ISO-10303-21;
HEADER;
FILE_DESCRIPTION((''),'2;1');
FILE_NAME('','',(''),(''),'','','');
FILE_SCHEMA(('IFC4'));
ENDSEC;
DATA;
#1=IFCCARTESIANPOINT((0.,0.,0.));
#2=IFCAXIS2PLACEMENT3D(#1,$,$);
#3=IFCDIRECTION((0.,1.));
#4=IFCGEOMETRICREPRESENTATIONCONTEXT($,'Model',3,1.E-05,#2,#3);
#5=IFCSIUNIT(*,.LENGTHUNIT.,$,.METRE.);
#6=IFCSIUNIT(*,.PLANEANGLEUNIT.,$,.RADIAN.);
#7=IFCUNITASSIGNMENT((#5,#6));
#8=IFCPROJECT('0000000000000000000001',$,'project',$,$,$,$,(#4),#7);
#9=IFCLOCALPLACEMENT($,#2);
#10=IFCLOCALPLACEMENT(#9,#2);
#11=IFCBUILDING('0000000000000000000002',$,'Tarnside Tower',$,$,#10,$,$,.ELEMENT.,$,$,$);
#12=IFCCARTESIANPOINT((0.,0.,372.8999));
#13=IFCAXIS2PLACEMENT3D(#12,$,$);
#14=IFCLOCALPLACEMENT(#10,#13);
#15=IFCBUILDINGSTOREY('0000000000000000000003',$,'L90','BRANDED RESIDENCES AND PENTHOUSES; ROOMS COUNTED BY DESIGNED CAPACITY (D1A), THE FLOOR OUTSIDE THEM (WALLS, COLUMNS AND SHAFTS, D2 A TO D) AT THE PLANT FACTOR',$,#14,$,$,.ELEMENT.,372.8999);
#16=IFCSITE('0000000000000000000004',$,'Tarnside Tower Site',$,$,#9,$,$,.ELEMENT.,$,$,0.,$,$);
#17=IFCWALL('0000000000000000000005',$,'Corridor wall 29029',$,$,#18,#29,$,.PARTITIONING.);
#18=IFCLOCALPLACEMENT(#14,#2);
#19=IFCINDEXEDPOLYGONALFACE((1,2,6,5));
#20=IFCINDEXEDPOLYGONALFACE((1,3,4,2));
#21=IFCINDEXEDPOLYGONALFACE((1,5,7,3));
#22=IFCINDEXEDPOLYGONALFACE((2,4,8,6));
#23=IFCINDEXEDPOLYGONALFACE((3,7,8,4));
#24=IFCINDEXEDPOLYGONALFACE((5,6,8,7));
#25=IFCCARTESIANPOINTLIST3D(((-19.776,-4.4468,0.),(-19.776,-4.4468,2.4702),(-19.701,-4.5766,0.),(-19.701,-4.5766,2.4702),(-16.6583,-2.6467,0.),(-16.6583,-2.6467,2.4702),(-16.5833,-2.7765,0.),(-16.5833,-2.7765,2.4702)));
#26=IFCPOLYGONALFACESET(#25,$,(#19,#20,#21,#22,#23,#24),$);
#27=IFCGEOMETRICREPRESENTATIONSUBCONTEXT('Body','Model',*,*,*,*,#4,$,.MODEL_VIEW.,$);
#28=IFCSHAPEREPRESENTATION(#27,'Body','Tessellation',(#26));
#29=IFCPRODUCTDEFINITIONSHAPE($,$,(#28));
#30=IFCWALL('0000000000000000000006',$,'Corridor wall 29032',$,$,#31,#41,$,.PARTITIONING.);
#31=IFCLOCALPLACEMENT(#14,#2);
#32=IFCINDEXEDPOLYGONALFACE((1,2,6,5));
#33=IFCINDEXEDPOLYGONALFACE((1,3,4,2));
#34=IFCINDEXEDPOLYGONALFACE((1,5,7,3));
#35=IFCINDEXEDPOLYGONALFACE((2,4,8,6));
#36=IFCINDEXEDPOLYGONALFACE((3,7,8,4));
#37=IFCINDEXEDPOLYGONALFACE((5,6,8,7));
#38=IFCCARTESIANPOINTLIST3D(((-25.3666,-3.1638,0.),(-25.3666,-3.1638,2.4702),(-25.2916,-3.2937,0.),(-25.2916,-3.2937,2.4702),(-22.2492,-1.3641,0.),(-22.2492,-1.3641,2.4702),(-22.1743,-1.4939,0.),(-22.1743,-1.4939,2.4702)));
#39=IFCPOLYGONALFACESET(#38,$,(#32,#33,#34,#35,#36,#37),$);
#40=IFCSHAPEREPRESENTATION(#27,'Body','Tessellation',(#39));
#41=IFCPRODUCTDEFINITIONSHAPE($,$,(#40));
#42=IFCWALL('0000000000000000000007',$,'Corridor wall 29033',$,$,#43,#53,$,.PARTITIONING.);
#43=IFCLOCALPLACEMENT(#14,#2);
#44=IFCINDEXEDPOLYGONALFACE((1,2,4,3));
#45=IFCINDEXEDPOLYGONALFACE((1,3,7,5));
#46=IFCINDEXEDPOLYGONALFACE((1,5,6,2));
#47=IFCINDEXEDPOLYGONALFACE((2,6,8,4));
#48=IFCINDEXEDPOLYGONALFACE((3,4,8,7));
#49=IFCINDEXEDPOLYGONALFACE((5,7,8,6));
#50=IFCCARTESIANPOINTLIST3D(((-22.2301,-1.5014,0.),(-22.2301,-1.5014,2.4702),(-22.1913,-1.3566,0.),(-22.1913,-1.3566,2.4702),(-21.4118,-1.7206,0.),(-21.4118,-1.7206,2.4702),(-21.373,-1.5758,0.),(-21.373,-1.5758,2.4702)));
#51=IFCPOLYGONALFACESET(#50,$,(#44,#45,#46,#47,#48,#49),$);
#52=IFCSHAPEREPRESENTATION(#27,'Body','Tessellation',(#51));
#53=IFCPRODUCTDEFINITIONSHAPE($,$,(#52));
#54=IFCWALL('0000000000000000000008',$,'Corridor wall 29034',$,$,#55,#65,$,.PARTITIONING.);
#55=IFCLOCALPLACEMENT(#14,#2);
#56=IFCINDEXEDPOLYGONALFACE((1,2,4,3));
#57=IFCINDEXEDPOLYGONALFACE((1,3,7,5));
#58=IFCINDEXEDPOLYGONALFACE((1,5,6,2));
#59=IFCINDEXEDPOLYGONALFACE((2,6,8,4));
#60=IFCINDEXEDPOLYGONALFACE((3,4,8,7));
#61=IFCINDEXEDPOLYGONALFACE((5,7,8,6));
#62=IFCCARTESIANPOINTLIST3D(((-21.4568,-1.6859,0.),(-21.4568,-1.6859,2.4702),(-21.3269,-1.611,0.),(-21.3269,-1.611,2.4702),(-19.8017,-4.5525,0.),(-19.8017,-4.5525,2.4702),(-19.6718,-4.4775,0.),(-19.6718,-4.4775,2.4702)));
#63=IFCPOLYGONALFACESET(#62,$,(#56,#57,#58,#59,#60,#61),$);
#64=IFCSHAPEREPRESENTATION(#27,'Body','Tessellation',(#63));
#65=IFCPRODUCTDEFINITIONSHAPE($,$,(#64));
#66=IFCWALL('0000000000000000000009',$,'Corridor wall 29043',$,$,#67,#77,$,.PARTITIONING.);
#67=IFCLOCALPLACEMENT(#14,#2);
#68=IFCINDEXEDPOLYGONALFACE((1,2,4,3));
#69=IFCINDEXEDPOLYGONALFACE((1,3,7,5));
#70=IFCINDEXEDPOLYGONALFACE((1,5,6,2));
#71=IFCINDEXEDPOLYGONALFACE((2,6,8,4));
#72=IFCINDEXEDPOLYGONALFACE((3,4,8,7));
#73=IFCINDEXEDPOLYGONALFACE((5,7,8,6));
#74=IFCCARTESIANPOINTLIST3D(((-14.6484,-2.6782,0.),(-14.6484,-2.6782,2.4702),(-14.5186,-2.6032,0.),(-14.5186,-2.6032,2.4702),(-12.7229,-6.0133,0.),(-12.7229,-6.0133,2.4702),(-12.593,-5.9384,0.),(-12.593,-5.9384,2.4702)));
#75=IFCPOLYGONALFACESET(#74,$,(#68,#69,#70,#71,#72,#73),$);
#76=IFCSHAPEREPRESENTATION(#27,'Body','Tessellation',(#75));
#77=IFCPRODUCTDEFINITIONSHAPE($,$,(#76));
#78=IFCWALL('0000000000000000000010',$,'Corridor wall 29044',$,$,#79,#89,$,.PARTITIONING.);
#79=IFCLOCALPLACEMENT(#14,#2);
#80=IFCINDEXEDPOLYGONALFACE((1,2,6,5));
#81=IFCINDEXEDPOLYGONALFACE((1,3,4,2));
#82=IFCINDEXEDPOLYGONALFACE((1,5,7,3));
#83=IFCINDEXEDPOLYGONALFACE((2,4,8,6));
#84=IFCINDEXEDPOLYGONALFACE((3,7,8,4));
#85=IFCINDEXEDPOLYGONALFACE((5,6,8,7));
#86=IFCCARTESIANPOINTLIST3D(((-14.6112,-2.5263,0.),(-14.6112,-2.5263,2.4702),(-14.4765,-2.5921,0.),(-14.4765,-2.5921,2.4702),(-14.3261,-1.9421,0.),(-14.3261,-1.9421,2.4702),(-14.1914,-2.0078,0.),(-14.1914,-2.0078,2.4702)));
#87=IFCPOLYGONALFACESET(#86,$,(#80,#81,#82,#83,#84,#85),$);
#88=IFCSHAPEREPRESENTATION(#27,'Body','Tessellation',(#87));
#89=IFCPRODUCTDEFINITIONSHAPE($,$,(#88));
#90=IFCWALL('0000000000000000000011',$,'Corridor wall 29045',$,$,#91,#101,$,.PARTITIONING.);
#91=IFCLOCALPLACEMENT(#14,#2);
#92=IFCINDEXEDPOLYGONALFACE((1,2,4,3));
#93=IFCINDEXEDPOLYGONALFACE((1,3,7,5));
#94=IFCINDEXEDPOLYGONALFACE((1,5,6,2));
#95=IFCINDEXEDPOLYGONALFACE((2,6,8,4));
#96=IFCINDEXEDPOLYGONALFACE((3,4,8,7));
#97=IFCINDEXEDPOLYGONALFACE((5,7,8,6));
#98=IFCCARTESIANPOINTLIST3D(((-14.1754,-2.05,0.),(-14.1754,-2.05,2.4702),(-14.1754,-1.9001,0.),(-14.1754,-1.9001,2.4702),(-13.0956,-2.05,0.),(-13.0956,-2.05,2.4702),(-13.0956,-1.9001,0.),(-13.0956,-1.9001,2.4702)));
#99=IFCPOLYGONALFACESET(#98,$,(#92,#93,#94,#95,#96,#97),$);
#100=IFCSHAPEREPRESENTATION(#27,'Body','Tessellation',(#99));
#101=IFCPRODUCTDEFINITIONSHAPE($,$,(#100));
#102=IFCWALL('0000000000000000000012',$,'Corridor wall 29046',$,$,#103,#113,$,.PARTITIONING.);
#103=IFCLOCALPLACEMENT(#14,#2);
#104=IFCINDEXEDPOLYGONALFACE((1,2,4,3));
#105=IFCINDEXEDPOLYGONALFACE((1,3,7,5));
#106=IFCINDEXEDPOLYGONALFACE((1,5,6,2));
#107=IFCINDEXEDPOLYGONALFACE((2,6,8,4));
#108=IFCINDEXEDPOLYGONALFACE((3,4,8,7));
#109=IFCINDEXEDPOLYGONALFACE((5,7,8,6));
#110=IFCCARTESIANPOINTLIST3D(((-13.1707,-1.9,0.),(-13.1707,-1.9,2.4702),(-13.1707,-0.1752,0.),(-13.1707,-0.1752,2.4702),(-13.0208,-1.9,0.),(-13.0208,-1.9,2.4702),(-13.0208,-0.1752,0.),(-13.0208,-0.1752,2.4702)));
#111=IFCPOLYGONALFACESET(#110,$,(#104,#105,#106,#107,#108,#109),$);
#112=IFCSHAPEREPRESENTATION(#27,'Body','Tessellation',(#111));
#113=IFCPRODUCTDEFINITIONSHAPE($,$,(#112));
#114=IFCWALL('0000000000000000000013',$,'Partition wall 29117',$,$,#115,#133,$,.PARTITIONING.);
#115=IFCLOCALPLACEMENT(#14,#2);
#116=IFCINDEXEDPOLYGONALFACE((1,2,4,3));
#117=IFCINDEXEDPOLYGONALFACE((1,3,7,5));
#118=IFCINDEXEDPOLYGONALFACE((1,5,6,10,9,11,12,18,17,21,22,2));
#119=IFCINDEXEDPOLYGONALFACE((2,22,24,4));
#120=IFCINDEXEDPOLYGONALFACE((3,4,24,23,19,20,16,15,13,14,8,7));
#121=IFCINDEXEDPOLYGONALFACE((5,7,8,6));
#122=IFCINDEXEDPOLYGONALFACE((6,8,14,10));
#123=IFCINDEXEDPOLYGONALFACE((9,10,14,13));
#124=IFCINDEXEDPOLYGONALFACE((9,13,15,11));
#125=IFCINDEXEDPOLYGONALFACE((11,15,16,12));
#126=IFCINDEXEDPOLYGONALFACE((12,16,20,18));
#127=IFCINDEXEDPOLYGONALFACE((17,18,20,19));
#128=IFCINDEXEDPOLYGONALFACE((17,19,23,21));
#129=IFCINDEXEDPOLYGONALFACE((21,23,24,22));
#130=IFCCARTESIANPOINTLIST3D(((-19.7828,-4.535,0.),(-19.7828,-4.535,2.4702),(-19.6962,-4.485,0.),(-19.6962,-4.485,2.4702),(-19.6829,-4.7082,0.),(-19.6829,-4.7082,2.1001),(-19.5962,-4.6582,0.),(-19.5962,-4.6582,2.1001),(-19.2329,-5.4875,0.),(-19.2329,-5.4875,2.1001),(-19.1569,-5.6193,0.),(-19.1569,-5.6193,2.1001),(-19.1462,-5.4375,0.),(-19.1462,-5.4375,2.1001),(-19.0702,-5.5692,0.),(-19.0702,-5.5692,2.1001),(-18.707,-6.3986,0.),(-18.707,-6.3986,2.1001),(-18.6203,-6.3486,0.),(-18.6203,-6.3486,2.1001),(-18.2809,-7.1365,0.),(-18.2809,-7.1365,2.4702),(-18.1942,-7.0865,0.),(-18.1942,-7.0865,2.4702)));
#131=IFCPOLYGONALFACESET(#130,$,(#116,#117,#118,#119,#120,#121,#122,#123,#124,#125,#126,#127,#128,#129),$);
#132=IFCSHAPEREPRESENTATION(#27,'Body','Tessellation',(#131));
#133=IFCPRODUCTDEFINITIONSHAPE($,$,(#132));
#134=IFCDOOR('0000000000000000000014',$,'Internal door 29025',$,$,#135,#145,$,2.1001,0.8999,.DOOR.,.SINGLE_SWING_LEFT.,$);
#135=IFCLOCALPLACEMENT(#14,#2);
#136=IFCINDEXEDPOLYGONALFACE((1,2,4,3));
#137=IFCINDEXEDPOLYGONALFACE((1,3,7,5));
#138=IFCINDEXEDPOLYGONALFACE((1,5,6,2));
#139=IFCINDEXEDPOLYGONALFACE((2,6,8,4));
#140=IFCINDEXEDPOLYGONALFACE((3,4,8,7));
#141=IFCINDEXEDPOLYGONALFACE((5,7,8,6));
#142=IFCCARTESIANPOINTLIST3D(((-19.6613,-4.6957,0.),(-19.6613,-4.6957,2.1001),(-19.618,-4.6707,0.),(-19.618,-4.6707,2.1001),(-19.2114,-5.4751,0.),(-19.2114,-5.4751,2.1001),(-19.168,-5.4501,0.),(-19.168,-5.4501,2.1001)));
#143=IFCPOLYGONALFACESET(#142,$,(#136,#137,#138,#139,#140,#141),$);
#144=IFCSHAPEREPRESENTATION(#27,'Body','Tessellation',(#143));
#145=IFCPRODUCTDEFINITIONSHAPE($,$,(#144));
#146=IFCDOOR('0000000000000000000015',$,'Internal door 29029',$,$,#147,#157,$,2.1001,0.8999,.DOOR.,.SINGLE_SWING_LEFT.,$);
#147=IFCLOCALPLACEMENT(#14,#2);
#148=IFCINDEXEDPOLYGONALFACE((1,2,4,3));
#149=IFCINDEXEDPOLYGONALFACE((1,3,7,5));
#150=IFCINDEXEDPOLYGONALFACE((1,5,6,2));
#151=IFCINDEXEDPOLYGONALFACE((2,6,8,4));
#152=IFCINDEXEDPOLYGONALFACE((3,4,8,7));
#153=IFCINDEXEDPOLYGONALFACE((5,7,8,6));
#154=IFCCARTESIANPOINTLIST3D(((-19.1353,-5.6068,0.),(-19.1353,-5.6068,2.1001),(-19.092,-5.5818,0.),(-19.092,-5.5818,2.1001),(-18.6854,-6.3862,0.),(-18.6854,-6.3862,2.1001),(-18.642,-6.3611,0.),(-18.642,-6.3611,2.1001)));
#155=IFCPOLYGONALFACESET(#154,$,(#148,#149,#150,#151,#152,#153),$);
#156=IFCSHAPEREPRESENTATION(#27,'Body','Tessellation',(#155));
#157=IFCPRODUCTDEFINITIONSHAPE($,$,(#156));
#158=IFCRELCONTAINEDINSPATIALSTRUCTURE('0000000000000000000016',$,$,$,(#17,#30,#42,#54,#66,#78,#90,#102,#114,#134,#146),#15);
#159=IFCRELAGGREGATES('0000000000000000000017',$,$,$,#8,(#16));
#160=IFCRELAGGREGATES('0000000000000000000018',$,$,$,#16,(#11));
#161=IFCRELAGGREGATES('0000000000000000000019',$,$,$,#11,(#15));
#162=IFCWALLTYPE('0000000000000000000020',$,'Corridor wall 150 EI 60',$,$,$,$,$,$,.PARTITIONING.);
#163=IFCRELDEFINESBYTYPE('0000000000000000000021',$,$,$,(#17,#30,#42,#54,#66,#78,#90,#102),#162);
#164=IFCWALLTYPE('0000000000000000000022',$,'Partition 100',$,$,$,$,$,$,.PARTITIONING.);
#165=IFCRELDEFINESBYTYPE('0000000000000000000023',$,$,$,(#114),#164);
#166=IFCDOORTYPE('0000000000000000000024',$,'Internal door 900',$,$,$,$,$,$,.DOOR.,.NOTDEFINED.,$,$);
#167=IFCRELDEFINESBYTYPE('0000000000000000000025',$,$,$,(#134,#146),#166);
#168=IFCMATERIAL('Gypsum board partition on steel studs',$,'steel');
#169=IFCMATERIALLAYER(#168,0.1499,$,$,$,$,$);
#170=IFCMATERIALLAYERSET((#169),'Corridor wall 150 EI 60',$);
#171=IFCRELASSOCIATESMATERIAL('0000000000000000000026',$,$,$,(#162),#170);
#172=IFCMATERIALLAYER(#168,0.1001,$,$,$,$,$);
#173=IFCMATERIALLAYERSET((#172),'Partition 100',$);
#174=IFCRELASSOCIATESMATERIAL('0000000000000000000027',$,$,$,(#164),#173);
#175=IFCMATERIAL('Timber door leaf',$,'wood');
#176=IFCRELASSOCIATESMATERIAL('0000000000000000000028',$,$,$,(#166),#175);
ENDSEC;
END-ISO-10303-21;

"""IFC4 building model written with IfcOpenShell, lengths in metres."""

from ifc_helpers import new_model, si_unit, direction, frame, frame_2d, origin, place, context, subcontext, project, spatial, rectangle, extrude, material, layer, layer_set, type_object, element, fill, save


model = new_model("IFC4")

# Units and contexts
model_context = context("Model", 3, precision=1e-05, world=origin(), true_north=direction((0.0, 1.0)))
body_context = subcontext(model_context, "Body", "Model", "MODEL_VIEW")
ifc_project = project(units=[si_unit("LENGTHUNIT", "METRE"), si_unit("PLANEANGLEUNIT", "RADIAN")], contexts=[model_context])

# Site, building, storey
site_placement = place(None, origin())
site = spatial("IfcSite", under=ifc_project, at=site_placement, Name="Tarnside Tower Site", CompositionType="ELEMENT", RefElevation=0.0)
building_placement = place(site_placement, origin())
building = spatial("IfcBuilding", under=site, at=building_placement, Name="Tarnside Tower", CompositionType="ELEMENT")
storey_placement = place(building_placement, frame((0.0, 0.0, 372.8999)))
storey = spatial("IfcBuildingStorey", under=building, at=storey_placement, Name="L90", Description="BRANDED RESIDENCES AND PENTHOUSES; ROOMS COUNTED BY DESIGNED CAPACITY (D1A), THE FLOOR OUTSIDE THEM (WALLS, COLUMNS AND SHAFTS, D2 A TO D) AT THE PLANT FACTOR", CompositionType="ELEMENT", Elevation=372.8999)

# Shared definitions
ifc_material_1 = material(Name="Gypsum board partition on steel studs", Category="steel")
ifc_material_2 = material(Name="Timber door leaf", Category="wood")

# Shared definitions
ifc_layer_1 = layer(ifc_material_1, 0.1499)
ifc_layer_set_1 = layer_set([ifc_layer_1], Name="Corridor wall 150 EI 60")
wall_type_1 = type_object("IfcWallType", Name="Corridor wall 150 EI 60", PredefinedType="PARTITIONING", material=ifc_layer_set_1)

# Walls
wall_1_placement = place(storey_placement, frame((-19.7385, -4.5117, 0.0), z_axis=(0.0, 0.0, 1.0), x_axis=(0.866018, 0.500012, 0.0)))
element("IfcWall", 1, at=wall_1_placement, inside=storey, type_object=wall_type_1, Name="Corridor wall 29029", PredefinedType="PARTITIONING", context=body_context, shape_type="SweptSolid", body=[
    extrude(rectangle(XDim=3.6001, YDim=0.1499, at=frame_2d((1.8, 0.0))), origin(), (0.0, 0.0, 1.0), 2.4702),
])
wall_2_placement = place(storey_placement, frame((-25.3291, -3.2288, 0.0), z_axis=(0.0, 0.0, 1.0), x_axis=(0.866031, 0.499991, 0.0)))
element("IfcWall", 2, at=wall_2_placement, inside=storey, type_object=wall_type_1, Name="Corridor wall 29032", PredefinedType="PARTITIONING", context=body_context, shape_type="SweptSolid", body=[
    extrude(rectangle(XDim=3.5996, YDim=0.1499, at=frame_2d((1.7998, 0.0))), origin(), (0.0, 0.0, 1.0), 2.4702),
])
wall_3_placement = place(storey_placement, frame((-22.2107, -1.429, 0.0), z_axis=(0.0, 0.0, 1.0), x_axis=(0.965938, -0.258774, 0.0)))
element("IfcWall", 3, at=wall_3_placement, inside=storey, type_object=wall_type_1, Name="Corridor wall 29033", PredefinedType="PARTITIONING", context=body_context, shape_type="SweptSolid", body=[
    extrude(rectangle(XDim=0.8472, YDim=0.1499, at=frame_2d((0.4236, 0.0))), origin(), (0.0, 0.0, 1.0), 2.4702),
])
wall_4_placement = place(storey_placement, frame((-21.3918, -1.6484, 0.0), z_axis=(0.0, 0.0, 1.0), x_axis=(0.500018, -0.866015, 0.0)))
element("IfcWall", 4, at=wall_4_placement, inside=storey, type_object=wall_type_1, Name="Corridor wall 29034", PredefinedType="PARTITIONING", context=body_context, shape_type="SweptSolid", body=[
    extrude(rectangle(XDim=3.3101, YDim=0.1499, at=frame_2d((1.655, 0.0))), origin(), (0.0, 0.0, 1.0), 2.4702),
])
wall_5_placement = place(storey_placement, frame((-12.658, -5.9758, 0.0), z_axis=(0.0, 0.0, 1.0), x_axis=(-0.499991, 0.86603, 0.0)))
element("IfcWall", 5, at=wall_5_placement, inside=storey, type_object=wall_type_1, Name="Corridor wall 29043", PredefinedType="PARTITIONING", context=body_context, shape_type="SweptSolid", body=[
    extrude(rectangle(XDim=3.8511, YDim=0.1499, at=frame_2d((1.9255, 0.0))), origin(), (0.0, 0.0, 1.0), 2.4702),
])
wall_6_placement = place(storey_placement, frame((-14.5439, -2.5593, 0.0), z_axis=(0.0, 0.0, 1.0), x_axis=(0.438631, 0.898667, 0.0)))
element("IfcWall", 6, at=wall_6_placement, inside=storey, type_object=wall_type_1, Name="Corridor wall 29044", PredefinedType="PARTITIONING", context=body_context, shape_type="SweptSolid", body=[
    extrude(rectangle(XDim=0.6501, YDim=0.1499, at=frame_2d((0.3252, 0.0))), origin(), (0.0, 0.0, 1.0), 2.4702),
])
wall_7_placement = place(storey_placement, frame((-14.1755, -1.9751, 0.0), z_axis=(0.0, 0.0, 1.0), x_axis=(1.0, 0.0, 0.0)))
element("IfcWall", 7, at=wall_7_placement, inside=storey, type_object=wall_type_1, Name="Corridor wall 29045", PredefinedType="PARTITIONING", context=body_context, shape_type="SweptSolid", body=[
    extrude(rectangle(XDim=1.0798, YDim=0.1499, at=frame_2d((0.54, 0.0))), origin(), (0.0, 0.0, 1.0), 2.4702),
])
wall_8_placement = place(storey_placement, frame((-13.0957, -1.8999, 0.0), z_axis=(0.0, 0.0, 1.0), x_axis=(0.0, 1.0, 0.0)))
element("IfcWall", 8, at=wall_8_placement, inside=storey, type_object=wall_type_1, Name="Corridor wall 29046", PredefinedType="PARTITIONING", context=body_context, shape_type="SweptSolid", body=[
    extrude(rectangle(XDim=1.7249, YDim=0.1499, at=frame_2d((0.8623, 0.0))), origin(), (0.0, 0.0, 1.0), 2.4702),
])

# Wall, openings, doors
ifc_layer_2 = layer(ifc_material_1, 0.1001)
ifc_layer_set_2 = layer_set([ifc_layer_2], Name="Partition 100")
wall_type_2 = type_object("IfcWallType", Name="Partition 100", PredefinedType="PARTITIONING", material=ifc_layer_set_2)
wall_9_placement = place(storey_placement, frame((-19.7395, -4.51, 0.0), z_axis=(0.0, 0.0, 1.0), x_axis=(0.499985, -0.866034, 0.0)))
wall_9 = element("IfcWall", 9, at=wall_9_placement, inside=storey, type_object=wall_type_2, Name="Partition wall 29117", PredefinedType="PARTITIONING", context=body_context, shape_type="SweptSolid", body=[
    extrude(rectangle(XDim=3.0039, YDim=0.1001, at=frame_2d((1.502, 0.0))), origin(), (0.0, 0.0, 1.0), 2.4702),
])
opening_1_placement = place(wall_9_placement, frame((0.2, 0.0, 0.0)))
opening_1 = element("IfcOpeningElement", 10, at=opening_1_placement, cuts=wall_9, PredefinedType="OPENING", context=body_context, shape_type="SweptSolid", body=[
    extrude(rectangle(XDim=0.8999, YDim=2.1001, at=frame_2d((0.45, 1.05))), frame((0.0, 0.0601, 0.0), z_axis=(0.0, -1.0, 0.0), x_axis=(1.0, 0.0, 0.0)), (0.0, 0.0, 1.0), 0.1201),
])
opening_2_placement = place(wall_9_placement, frame((1.252, 0.0, 0.0)))
opening_2 = element("IfcOpeningElement", 11, at=opening_2_placement, cuts=wall_9, PredefinedType="OPENING", context=body_context, shape_type="SweptSolid", body=[
    extrude(rectangle(XDim=0.8999, YDim=2.1001, at=frame_2d((0.45, 1.05))), frame((0.0, 0.0601, 0.0), z_axis=(0.0, -1.0, 0.0), x_axis=(1.0, 0.0, 0.0)), (0.0, 0.0, 1.0), 0.1201),
])
door_type_1 = type_object("IfcDoorType", Name="Internal door 900", OperationType="NOTDEFINED", PredefinedType="DOOR", material=ifc_material_2)
door_1_placement = place(opening_1_placement, origin())
door_1 = element("IfcDoor", 12, at=door_1_placement, inside=storey, type_object=door_type_1, Name="Internal door 29025", OperationType="SINGLE_SWING_LEFT", OverallHeight=2.1001, OverallWidth=0.8999, PredefinedType="DOOR", context=body_context, shape_type="SweptSolid", body=[
    extrude(rectangle(XDim=0.8999, YDim=2.1001, at=frame_2d((0.45, 1.05))), frame((0.0, 0.0249, 0.0), z_axis=(0.0, -1.0, 0.0), x_axis=(1.0, 0.0, 0.0)), (0.0, 0.0, 1.0), 0.05),
])
fill(opening_1, door_1)
door_2_placement = place(opening_2_placement, origin())
door_2 = element("IfcDoor", 13, at=door_2_placement, inside=storey, type_object=door_type_1, Name="Internal door 29029", OperationType="SINGLE_SWING_LEFT", OverallHeight=2.1001, OverallWidth=0.8999, PredefinedType="DOOR", context=body_context, shape_type="SweptSolid", body=[
    extrude(rectangle(XDim=0.8999, YDim=2.1001, at=frame_2d((0.45, 1.05))), frame((0.0, 0.0249, 0.0), z_axis=(0.0, -1.0, 0.0), x_axis=(1.0, 0.0, 0.0)), (0.0, 0.0, 1.0), 0.05),
])
fill(opening_2, door_2)

save(model, "model.ifc")
